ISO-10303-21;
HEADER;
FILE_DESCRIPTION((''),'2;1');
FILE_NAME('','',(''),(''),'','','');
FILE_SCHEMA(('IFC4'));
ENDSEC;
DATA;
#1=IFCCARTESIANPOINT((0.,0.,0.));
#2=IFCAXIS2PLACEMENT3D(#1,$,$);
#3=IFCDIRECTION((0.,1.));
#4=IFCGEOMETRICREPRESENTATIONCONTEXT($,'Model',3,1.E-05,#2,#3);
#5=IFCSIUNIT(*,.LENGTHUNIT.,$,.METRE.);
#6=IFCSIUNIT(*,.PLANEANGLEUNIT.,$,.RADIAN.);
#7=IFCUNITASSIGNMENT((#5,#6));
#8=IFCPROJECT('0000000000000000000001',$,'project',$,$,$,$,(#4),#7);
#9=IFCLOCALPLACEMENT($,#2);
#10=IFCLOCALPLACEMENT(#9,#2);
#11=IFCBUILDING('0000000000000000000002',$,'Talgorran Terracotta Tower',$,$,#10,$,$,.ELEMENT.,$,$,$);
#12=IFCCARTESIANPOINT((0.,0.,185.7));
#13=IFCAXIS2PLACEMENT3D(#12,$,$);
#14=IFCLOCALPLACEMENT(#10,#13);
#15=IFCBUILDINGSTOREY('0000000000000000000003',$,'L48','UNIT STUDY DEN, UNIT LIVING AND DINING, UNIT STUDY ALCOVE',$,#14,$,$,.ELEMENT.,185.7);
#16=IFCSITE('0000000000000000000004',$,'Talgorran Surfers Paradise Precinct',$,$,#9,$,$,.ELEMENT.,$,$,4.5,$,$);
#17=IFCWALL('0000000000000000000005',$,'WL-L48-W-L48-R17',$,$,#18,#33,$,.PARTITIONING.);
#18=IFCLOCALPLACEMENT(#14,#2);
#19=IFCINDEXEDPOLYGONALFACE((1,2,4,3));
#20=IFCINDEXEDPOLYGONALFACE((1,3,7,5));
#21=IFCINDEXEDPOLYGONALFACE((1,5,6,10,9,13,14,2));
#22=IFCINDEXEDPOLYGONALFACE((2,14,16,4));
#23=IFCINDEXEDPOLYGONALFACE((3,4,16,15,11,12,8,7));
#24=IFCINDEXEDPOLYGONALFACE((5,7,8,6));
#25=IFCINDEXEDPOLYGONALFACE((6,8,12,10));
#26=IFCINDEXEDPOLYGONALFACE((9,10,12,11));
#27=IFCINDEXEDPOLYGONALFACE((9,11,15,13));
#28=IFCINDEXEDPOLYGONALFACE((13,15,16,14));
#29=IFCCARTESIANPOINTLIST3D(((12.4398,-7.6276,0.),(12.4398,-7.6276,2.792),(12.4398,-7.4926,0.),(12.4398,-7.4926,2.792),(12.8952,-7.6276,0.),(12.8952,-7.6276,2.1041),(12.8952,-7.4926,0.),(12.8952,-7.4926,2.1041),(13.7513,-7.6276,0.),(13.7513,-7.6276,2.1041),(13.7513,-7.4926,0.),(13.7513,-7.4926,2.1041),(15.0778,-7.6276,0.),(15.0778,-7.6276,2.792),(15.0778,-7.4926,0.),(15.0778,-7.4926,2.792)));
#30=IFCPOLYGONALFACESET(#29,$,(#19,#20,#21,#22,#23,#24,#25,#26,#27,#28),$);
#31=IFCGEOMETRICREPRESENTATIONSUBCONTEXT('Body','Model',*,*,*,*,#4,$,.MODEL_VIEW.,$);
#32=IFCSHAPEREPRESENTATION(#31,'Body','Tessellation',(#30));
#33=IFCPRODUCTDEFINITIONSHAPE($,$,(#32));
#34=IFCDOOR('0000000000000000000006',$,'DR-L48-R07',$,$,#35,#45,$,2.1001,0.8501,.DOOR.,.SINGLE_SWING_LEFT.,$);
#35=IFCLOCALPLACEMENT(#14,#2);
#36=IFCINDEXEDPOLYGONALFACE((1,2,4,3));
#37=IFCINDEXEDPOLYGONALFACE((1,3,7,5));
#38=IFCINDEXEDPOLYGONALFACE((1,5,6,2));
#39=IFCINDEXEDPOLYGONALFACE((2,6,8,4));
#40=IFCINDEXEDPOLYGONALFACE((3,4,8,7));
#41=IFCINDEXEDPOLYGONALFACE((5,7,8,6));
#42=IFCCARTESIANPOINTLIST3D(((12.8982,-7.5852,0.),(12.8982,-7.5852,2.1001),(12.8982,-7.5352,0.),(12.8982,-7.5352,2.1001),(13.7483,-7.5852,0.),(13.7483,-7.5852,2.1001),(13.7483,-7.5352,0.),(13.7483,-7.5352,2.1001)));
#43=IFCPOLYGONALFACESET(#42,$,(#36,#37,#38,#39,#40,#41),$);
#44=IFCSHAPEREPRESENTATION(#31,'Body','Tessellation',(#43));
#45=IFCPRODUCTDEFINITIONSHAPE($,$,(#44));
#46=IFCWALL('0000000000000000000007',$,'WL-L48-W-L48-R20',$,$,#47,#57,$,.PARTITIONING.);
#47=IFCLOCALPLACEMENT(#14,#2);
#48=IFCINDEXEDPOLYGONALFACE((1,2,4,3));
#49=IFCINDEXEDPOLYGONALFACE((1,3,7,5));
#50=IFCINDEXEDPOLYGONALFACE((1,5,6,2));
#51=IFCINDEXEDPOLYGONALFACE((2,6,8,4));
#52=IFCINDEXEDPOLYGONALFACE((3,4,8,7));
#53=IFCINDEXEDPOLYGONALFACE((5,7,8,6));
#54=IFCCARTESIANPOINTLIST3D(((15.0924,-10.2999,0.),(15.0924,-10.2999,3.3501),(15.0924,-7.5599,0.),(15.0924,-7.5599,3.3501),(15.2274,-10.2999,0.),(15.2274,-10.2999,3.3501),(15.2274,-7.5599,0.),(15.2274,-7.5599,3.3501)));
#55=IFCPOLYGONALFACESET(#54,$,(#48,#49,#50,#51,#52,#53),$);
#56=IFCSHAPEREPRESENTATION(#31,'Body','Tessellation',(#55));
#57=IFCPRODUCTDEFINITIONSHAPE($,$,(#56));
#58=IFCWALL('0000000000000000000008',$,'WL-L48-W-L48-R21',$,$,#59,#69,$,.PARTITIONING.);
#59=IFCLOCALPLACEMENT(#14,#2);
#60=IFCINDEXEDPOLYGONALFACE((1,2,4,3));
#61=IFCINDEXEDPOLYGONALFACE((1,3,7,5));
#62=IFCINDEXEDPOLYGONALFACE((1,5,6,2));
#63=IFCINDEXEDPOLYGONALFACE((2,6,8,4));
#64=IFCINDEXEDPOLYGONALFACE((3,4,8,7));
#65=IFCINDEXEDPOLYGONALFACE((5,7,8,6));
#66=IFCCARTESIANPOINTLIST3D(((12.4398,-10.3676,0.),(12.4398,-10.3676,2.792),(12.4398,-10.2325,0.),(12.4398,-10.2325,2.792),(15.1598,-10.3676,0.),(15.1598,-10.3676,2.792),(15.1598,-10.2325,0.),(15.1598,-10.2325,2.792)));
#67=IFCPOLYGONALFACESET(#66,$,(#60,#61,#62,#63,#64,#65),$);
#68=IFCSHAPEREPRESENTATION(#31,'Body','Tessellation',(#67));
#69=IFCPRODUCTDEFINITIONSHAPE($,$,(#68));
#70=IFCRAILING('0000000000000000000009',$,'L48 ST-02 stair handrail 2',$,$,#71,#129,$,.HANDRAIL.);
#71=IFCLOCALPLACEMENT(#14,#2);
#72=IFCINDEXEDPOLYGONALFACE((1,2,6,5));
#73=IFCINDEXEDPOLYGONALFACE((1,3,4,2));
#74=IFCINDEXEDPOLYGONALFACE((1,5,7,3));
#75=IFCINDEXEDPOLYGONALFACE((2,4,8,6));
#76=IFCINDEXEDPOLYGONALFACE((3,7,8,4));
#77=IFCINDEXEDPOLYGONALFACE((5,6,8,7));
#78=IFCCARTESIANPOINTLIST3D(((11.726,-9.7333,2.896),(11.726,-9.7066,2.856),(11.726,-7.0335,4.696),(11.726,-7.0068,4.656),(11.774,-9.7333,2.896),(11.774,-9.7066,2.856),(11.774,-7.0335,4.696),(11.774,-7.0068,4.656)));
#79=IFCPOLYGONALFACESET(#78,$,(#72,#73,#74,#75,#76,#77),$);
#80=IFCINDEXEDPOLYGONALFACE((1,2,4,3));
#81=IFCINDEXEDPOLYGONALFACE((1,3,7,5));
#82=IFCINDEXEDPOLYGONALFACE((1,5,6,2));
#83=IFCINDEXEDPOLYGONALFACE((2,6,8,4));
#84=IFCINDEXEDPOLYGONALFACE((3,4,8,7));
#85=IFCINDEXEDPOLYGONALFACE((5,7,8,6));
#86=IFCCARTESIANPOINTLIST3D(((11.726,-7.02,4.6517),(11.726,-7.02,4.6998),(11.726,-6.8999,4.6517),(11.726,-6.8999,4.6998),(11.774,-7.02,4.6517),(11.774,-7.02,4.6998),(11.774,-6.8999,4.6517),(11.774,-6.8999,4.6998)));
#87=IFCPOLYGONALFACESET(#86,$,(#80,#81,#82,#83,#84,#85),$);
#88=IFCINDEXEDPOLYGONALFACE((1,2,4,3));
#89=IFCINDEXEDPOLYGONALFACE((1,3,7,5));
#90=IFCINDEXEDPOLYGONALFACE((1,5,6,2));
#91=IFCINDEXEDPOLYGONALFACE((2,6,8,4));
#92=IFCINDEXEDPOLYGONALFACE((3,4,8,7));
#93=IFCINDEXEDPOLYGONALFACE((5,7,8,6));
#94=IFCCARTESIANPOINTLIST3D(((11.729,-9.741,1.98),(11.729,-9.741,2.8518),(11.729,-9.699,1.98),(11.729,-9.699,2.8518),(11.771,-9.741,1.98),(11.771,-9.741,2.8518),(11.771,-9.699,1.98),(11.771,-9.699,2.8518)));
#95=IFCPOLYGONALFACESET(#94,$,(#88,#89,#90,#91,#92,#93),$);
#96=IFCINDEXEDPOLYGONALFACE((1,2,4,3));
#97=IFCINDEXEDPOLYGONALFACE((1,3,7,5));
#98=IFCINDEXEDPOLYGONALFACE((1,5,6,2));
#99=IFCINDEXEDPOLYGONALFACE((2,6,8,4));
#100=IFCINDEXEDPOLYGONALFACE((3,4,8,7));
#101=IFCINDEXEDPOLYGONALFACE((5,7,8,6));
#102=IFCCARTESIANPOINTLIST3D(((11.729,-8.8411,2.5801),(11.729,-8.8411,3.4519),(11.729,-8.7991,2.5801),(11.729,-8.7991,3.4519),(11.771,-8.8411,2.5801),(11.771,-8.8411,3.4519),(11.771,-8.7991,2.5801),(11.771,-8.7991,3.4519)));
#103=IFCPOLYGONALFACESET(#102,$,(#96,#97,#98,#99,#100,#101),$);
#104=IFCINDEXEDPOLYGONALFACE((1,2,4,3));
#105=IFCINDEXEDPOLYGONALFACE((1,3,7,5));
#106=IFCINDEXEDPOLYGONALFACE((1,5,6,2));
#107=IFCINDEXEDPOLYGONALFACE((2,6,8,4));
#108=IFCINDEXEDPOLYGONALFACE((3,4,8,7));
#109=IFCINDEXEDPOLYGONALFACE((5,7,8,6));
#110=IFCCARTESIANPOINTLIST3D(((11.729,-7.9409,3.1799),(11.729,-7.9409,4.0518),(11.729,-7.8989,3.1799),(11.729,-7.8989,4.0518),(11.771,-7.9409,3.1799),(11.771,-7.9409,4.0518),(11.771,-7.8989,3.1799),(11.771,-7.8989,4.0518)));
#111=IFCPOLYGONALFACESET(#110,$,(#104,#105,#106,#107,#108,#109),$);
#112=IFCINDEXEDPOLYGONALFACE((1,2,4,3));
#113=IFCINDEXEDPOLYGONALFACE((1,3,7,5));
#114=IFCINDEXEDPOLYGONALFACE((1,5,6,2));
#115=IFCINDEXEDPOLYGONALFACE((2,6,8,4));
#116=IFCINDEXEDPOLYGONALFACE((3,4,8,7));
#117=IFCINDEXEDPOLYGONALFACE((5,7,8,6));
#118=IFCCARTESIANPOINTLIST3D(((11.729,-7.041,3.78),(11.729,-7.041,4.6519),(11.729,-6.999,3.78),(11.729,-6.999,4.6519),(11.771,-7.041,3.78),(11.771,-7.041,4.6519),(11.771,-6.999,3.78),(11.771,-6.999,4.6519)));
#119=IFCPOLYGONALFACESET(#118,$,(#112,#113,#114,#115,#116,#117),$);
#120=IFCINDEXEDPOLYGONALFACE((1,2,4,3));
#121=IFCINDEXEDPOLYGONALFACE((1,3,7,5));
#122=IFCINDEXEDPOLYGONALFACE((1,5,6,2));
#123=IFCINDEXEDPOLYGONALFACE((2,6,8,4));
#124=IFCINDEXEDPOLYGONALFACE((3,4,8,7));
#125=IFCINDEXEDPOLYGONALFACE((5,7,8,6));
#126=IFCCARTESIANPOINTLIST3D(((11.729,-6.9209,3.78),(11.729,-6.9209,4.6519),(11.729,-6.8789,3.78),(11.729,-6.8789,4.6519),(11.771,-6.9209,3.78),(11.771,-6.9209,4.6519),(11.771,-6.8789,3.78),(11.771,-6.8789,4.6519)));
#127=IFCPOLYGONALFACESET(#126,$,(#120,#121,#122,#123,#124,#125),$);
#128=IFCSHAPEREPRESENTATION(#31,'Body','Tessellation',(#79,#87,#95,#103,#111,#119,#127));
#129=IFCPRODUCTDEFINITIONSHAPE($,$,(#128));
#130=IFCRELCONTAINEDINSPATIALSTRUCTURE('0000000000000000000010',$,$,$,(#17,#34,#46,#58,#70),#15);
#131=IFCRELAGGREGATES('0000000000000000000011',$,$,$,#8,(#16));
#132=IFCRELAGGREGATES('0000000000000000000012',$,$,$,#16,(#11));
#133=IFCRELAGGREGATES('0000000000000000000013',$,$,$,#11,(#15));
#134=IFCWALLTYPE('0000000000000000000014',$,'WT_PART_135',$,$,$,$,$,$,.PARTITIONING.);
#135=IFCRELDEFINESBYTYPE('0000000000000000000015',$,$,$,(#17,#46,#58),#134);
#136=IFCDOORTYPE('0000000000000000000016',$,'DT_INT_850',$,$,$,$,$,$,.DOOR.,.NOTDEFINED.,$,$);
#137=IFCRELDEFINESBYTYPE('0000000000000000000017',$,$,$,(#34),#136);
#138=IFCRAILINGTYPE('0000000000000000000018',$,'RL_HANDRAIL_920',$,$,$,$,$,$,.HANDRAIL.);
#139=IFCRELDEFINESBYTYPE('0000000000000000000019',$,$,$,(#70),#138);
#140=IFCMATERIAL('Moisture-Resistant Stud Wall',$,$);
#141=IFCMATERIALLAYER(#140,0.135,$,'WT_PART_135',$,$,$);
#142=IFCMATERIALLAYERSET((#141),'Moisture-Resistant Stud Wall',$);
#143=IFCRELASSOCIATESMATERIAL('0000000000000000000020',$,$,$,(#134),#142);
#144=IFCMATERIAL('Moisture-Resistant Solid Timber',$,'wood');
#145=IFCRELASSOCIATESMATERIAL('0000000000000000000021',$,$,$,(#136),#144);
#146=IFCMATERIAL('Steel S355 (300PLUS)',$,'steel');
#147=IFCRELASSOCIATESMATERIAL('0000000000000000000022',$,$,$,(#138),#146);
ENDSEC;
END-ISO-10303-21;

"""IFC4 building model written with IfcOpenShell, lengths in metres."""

from ifc_helpers import new_model, si_unit, direction, frame, frame_2d, origin, origin_2d, place, context, subcontext, project, spatial, rectangle, extrude, material, layer, layer_set, type_object, element, fill, save


model = new_model("IFC4")

# Units and contexts
model_context = context("Model", 3, precision=1e-05, world=origin(), true_north=direction((0.0, 1.0)))
body_context = subcontext(model_context, "Body", "Model", "MODEL_VIEW")
ifc_project = project(units=[si_unit("LENGTHUNIT", "METRE"), si_unit("PLANEANGLEUNIT", "RADIAN")], contexts=[model_context])

# Site, building, storey
site_placement = place(None, origin())
site = spatial("IfcSite", under=ifc_project, at=site_placement, Name="Talgorran Surfers Paradise Precinct", CompositionType="ELEMENT", RefElevation=4.5)
building_placement = place(site_placement, origin())
building = spatial("IfcBuilding", under=site, at=building_placement, Name="Talgorran Terracotta Tower", CompositionType="ELEMENT")
storey_placement = place(building_placement, frame((0.0, 0.0, 185.7)))
storey = spatial("IfcBuildingStorey", under=building, at=storey_placement, Name="L48", Description="UNIT STUDY DEN, UNIT LIVING AND DINING, UNIT STUDY ALCOVE", CompositionType="ELEMENT", Elevation=185.7)

# Shared definitions
ifc_material_1 = material(Name="Steel S355 (300PLUS)", Category="steel")

# Wall, opening, door
ifc_material_2 = material(Name="Moisture-Resistant Stud Wall")
ifc_layer_1 = layer(ifc_material_2, 0.135, Name="WT_PART_135")
ifc_layer_set_1 = layer_set([ifc_layer_1], Name="Moisture-Resistant Stud Wall")
wall_type_1 = type_object("IfcWallType", Name="WT_PART_135", PredefinedType="PARTITIONING", material=ifc_layer_set_1)
wall_1_placement = place(storey_placement, frame((12.4399, -7.5601, 0.0), z_axis=(0.0, 0.0, 1.0), x_axis=(1.0, 0.0, 0.0)))
wall_1 = element("IfcWall", 1, at=wall_1_placement, inside=storey, type_object=wall_type_1, Name="WL-L48-W-L48-R17", PredefinedType="PARTITIONING", context=body_context, shape_type="SweptSolid", body=[
    extrude(rectangle(XDim=2.6379, YDim=0.135, at=frame_2d((1.3188, 0.0))), origin(), (0.0, 0.0, 1.0), 2.792),
])
opening_1_placement = place(wall_1_placement, frame((0.4583, 0.0, 0.0)))
opening_1 = element("IfcOpeningElement", 2, at=opening_1_placement, cuts=wall_1, PredefinedType="OPENING", context=body_context, shape_type="SweptSolid", body=[
    extrude(rectangle(XDim=0.8561, YDim=2.1041, at=frame_2d((0.425, 1.052))), frame((0.0, 0.0776, 0.0), z_axis=(0.0, -1.0, 0.0), x_axis=(1.0, 0.0, 0.0)), (0.0, 0.0, 1.0), 0.155),
])
ifc_material_3 = material(Name="Moisture-Resistant Solid Timber", Category="wood")
door_type_1 = type_object("IfcDoorType", Name="DT_INT_850", OperationType="NOTDEFINED", PredefinedType="DOOR", material=ifc_material_3)
door_1_placement = place(opening_1_placement, origin())
door_1 = element("IfcDoor", 3, at=door_1_placement, inside=storey, type_object=door_type_1, Name="DR-L48-R07", OperationType="SINGLE_SWING_LEFT", OverallHeight=2.1001, OverallWidth=0.8501, PredefinedType="DOOR", context=body_context, shape_type="SweptSolid", body=[
    extrude(rectangle(XDim=0.8501, YDim=2.1001, at=frame_2d((0.425, 1.05))), frame((0.0, 0.0249, 0.0), z_axis=(0.0, -1.0, 0.0), x_axis=(1.0, 0.0, 0.0)), (0.0, 0.0, 1.0), 0.05),
])
fill(opening_1, door_1)

# Walls
wall_2_placement = place(storey_placement, frame((15.1599, -10.3, 0.0), z_axis=(0.0, 0.0, 1.0), x_axis=(0.0, 1.0, 0.0)))
element("IfcWall", 4, at=wall_2_placement, inside=storey, type_object=wall_type_1, Name="WL-L48-W-L48-R20", PredefinedType="PARTITIONING", context=body_context, shape_type="SweptSolid", body=[
    extrude(rectangle(XDim=2.74, YDim=0.135, at=frame_2d((1.3701, 0.0))), origin(), (0.0, 0.0, 1.0), 3.3501),
])
wall_3_placement = place(storey_placement, frame((12.4399, -10.3, 0.0), z_axis=(0.0, 0.0, 1.0), x_axis=(1.0, 0.0, 0.0)))
element("IfcWall", 5, at=wall_3_placement, inside=storey, type_object=wall_type_1, Name="WL-L48-W-L48-R21", PredefinedType="PARTITIONING", context=body_context, shape_type="SweptSolid", body=[
    extrude(rectangle(XDim=2.72, YDim=0.135, at=frame_2d((1.3599, 0.0))), origin(), (0.0, 0.0, 1.0), 2.792),
])

# Railing
railing_type = type_object("IfcRailingType", Name="RL_HANDRAIL_920", PredefinedType="HANDRAIL", material=ifc_material_1)
railing_placement = place(storey_placement, frame((11.75, -9.72, 1.98)))
element("IfcRailing", 6, at=railing_placement, inside=storey, type_object=railing_type, Name="L48 ST-02 stair handrail 2", PredefinedType="HANDRAIL", context=body_context, shape_type="SweptSolid", body=[
    extrude(rectangle(XDim=0.0481, YDim=0.0481, at=origin_2d()), frame((0.0, 0.0, 0.896), z_axis=(0.0, 0.832039, 0.554718), x_axis=(-1.0, 0.0, 0.0)), (0.0, 0.0, 1.0), 3.2449),
    extrude(rectangle(XDim=0.0481, YDim=0.0481, at=origin_2d()), frame((0.0, 2.7, 2.6958), z_axis=(0.0, 1.0, 0.0), x_axis=(-1.0, 0.0, 0.0)), (0.0, 0.0, 1.0), 0.1201),
    extrude(rectangle(XDim=0.042, YDim=0.042, at=origin_2d()), origin(), (0.0, 0.0, 1.0), 0.8718),
    extrude(rectangle(XDim=0.042, YDim=0.042, at=origin_2d()), frame((0.0, 0.8999, 0.6001)), (0.0, 0.0, 1.0), 0.8718),
    extrude(rectangle(XDim=0.042, YDim=0.042, at=origin_2d()), frame((0.0, 1.8, 1.2)), (0.0, 0.0, 1.0), 0.8718),
    extrude(rectangle(XDim=0.042, YDim=0.042, at=origin_2d()), frame((0.0, 2.7, 1.8)), (0.0, 0.0, 1.0), 0.8718),
    extrude(rectangle(XDim=0.042, YDim=0.042, at=origin_2d()), frame((0.0, 2.8201, 1.8)), (0.0, 0.0, 1.0), 0.8718),
])

save(model, "model.ifc")
